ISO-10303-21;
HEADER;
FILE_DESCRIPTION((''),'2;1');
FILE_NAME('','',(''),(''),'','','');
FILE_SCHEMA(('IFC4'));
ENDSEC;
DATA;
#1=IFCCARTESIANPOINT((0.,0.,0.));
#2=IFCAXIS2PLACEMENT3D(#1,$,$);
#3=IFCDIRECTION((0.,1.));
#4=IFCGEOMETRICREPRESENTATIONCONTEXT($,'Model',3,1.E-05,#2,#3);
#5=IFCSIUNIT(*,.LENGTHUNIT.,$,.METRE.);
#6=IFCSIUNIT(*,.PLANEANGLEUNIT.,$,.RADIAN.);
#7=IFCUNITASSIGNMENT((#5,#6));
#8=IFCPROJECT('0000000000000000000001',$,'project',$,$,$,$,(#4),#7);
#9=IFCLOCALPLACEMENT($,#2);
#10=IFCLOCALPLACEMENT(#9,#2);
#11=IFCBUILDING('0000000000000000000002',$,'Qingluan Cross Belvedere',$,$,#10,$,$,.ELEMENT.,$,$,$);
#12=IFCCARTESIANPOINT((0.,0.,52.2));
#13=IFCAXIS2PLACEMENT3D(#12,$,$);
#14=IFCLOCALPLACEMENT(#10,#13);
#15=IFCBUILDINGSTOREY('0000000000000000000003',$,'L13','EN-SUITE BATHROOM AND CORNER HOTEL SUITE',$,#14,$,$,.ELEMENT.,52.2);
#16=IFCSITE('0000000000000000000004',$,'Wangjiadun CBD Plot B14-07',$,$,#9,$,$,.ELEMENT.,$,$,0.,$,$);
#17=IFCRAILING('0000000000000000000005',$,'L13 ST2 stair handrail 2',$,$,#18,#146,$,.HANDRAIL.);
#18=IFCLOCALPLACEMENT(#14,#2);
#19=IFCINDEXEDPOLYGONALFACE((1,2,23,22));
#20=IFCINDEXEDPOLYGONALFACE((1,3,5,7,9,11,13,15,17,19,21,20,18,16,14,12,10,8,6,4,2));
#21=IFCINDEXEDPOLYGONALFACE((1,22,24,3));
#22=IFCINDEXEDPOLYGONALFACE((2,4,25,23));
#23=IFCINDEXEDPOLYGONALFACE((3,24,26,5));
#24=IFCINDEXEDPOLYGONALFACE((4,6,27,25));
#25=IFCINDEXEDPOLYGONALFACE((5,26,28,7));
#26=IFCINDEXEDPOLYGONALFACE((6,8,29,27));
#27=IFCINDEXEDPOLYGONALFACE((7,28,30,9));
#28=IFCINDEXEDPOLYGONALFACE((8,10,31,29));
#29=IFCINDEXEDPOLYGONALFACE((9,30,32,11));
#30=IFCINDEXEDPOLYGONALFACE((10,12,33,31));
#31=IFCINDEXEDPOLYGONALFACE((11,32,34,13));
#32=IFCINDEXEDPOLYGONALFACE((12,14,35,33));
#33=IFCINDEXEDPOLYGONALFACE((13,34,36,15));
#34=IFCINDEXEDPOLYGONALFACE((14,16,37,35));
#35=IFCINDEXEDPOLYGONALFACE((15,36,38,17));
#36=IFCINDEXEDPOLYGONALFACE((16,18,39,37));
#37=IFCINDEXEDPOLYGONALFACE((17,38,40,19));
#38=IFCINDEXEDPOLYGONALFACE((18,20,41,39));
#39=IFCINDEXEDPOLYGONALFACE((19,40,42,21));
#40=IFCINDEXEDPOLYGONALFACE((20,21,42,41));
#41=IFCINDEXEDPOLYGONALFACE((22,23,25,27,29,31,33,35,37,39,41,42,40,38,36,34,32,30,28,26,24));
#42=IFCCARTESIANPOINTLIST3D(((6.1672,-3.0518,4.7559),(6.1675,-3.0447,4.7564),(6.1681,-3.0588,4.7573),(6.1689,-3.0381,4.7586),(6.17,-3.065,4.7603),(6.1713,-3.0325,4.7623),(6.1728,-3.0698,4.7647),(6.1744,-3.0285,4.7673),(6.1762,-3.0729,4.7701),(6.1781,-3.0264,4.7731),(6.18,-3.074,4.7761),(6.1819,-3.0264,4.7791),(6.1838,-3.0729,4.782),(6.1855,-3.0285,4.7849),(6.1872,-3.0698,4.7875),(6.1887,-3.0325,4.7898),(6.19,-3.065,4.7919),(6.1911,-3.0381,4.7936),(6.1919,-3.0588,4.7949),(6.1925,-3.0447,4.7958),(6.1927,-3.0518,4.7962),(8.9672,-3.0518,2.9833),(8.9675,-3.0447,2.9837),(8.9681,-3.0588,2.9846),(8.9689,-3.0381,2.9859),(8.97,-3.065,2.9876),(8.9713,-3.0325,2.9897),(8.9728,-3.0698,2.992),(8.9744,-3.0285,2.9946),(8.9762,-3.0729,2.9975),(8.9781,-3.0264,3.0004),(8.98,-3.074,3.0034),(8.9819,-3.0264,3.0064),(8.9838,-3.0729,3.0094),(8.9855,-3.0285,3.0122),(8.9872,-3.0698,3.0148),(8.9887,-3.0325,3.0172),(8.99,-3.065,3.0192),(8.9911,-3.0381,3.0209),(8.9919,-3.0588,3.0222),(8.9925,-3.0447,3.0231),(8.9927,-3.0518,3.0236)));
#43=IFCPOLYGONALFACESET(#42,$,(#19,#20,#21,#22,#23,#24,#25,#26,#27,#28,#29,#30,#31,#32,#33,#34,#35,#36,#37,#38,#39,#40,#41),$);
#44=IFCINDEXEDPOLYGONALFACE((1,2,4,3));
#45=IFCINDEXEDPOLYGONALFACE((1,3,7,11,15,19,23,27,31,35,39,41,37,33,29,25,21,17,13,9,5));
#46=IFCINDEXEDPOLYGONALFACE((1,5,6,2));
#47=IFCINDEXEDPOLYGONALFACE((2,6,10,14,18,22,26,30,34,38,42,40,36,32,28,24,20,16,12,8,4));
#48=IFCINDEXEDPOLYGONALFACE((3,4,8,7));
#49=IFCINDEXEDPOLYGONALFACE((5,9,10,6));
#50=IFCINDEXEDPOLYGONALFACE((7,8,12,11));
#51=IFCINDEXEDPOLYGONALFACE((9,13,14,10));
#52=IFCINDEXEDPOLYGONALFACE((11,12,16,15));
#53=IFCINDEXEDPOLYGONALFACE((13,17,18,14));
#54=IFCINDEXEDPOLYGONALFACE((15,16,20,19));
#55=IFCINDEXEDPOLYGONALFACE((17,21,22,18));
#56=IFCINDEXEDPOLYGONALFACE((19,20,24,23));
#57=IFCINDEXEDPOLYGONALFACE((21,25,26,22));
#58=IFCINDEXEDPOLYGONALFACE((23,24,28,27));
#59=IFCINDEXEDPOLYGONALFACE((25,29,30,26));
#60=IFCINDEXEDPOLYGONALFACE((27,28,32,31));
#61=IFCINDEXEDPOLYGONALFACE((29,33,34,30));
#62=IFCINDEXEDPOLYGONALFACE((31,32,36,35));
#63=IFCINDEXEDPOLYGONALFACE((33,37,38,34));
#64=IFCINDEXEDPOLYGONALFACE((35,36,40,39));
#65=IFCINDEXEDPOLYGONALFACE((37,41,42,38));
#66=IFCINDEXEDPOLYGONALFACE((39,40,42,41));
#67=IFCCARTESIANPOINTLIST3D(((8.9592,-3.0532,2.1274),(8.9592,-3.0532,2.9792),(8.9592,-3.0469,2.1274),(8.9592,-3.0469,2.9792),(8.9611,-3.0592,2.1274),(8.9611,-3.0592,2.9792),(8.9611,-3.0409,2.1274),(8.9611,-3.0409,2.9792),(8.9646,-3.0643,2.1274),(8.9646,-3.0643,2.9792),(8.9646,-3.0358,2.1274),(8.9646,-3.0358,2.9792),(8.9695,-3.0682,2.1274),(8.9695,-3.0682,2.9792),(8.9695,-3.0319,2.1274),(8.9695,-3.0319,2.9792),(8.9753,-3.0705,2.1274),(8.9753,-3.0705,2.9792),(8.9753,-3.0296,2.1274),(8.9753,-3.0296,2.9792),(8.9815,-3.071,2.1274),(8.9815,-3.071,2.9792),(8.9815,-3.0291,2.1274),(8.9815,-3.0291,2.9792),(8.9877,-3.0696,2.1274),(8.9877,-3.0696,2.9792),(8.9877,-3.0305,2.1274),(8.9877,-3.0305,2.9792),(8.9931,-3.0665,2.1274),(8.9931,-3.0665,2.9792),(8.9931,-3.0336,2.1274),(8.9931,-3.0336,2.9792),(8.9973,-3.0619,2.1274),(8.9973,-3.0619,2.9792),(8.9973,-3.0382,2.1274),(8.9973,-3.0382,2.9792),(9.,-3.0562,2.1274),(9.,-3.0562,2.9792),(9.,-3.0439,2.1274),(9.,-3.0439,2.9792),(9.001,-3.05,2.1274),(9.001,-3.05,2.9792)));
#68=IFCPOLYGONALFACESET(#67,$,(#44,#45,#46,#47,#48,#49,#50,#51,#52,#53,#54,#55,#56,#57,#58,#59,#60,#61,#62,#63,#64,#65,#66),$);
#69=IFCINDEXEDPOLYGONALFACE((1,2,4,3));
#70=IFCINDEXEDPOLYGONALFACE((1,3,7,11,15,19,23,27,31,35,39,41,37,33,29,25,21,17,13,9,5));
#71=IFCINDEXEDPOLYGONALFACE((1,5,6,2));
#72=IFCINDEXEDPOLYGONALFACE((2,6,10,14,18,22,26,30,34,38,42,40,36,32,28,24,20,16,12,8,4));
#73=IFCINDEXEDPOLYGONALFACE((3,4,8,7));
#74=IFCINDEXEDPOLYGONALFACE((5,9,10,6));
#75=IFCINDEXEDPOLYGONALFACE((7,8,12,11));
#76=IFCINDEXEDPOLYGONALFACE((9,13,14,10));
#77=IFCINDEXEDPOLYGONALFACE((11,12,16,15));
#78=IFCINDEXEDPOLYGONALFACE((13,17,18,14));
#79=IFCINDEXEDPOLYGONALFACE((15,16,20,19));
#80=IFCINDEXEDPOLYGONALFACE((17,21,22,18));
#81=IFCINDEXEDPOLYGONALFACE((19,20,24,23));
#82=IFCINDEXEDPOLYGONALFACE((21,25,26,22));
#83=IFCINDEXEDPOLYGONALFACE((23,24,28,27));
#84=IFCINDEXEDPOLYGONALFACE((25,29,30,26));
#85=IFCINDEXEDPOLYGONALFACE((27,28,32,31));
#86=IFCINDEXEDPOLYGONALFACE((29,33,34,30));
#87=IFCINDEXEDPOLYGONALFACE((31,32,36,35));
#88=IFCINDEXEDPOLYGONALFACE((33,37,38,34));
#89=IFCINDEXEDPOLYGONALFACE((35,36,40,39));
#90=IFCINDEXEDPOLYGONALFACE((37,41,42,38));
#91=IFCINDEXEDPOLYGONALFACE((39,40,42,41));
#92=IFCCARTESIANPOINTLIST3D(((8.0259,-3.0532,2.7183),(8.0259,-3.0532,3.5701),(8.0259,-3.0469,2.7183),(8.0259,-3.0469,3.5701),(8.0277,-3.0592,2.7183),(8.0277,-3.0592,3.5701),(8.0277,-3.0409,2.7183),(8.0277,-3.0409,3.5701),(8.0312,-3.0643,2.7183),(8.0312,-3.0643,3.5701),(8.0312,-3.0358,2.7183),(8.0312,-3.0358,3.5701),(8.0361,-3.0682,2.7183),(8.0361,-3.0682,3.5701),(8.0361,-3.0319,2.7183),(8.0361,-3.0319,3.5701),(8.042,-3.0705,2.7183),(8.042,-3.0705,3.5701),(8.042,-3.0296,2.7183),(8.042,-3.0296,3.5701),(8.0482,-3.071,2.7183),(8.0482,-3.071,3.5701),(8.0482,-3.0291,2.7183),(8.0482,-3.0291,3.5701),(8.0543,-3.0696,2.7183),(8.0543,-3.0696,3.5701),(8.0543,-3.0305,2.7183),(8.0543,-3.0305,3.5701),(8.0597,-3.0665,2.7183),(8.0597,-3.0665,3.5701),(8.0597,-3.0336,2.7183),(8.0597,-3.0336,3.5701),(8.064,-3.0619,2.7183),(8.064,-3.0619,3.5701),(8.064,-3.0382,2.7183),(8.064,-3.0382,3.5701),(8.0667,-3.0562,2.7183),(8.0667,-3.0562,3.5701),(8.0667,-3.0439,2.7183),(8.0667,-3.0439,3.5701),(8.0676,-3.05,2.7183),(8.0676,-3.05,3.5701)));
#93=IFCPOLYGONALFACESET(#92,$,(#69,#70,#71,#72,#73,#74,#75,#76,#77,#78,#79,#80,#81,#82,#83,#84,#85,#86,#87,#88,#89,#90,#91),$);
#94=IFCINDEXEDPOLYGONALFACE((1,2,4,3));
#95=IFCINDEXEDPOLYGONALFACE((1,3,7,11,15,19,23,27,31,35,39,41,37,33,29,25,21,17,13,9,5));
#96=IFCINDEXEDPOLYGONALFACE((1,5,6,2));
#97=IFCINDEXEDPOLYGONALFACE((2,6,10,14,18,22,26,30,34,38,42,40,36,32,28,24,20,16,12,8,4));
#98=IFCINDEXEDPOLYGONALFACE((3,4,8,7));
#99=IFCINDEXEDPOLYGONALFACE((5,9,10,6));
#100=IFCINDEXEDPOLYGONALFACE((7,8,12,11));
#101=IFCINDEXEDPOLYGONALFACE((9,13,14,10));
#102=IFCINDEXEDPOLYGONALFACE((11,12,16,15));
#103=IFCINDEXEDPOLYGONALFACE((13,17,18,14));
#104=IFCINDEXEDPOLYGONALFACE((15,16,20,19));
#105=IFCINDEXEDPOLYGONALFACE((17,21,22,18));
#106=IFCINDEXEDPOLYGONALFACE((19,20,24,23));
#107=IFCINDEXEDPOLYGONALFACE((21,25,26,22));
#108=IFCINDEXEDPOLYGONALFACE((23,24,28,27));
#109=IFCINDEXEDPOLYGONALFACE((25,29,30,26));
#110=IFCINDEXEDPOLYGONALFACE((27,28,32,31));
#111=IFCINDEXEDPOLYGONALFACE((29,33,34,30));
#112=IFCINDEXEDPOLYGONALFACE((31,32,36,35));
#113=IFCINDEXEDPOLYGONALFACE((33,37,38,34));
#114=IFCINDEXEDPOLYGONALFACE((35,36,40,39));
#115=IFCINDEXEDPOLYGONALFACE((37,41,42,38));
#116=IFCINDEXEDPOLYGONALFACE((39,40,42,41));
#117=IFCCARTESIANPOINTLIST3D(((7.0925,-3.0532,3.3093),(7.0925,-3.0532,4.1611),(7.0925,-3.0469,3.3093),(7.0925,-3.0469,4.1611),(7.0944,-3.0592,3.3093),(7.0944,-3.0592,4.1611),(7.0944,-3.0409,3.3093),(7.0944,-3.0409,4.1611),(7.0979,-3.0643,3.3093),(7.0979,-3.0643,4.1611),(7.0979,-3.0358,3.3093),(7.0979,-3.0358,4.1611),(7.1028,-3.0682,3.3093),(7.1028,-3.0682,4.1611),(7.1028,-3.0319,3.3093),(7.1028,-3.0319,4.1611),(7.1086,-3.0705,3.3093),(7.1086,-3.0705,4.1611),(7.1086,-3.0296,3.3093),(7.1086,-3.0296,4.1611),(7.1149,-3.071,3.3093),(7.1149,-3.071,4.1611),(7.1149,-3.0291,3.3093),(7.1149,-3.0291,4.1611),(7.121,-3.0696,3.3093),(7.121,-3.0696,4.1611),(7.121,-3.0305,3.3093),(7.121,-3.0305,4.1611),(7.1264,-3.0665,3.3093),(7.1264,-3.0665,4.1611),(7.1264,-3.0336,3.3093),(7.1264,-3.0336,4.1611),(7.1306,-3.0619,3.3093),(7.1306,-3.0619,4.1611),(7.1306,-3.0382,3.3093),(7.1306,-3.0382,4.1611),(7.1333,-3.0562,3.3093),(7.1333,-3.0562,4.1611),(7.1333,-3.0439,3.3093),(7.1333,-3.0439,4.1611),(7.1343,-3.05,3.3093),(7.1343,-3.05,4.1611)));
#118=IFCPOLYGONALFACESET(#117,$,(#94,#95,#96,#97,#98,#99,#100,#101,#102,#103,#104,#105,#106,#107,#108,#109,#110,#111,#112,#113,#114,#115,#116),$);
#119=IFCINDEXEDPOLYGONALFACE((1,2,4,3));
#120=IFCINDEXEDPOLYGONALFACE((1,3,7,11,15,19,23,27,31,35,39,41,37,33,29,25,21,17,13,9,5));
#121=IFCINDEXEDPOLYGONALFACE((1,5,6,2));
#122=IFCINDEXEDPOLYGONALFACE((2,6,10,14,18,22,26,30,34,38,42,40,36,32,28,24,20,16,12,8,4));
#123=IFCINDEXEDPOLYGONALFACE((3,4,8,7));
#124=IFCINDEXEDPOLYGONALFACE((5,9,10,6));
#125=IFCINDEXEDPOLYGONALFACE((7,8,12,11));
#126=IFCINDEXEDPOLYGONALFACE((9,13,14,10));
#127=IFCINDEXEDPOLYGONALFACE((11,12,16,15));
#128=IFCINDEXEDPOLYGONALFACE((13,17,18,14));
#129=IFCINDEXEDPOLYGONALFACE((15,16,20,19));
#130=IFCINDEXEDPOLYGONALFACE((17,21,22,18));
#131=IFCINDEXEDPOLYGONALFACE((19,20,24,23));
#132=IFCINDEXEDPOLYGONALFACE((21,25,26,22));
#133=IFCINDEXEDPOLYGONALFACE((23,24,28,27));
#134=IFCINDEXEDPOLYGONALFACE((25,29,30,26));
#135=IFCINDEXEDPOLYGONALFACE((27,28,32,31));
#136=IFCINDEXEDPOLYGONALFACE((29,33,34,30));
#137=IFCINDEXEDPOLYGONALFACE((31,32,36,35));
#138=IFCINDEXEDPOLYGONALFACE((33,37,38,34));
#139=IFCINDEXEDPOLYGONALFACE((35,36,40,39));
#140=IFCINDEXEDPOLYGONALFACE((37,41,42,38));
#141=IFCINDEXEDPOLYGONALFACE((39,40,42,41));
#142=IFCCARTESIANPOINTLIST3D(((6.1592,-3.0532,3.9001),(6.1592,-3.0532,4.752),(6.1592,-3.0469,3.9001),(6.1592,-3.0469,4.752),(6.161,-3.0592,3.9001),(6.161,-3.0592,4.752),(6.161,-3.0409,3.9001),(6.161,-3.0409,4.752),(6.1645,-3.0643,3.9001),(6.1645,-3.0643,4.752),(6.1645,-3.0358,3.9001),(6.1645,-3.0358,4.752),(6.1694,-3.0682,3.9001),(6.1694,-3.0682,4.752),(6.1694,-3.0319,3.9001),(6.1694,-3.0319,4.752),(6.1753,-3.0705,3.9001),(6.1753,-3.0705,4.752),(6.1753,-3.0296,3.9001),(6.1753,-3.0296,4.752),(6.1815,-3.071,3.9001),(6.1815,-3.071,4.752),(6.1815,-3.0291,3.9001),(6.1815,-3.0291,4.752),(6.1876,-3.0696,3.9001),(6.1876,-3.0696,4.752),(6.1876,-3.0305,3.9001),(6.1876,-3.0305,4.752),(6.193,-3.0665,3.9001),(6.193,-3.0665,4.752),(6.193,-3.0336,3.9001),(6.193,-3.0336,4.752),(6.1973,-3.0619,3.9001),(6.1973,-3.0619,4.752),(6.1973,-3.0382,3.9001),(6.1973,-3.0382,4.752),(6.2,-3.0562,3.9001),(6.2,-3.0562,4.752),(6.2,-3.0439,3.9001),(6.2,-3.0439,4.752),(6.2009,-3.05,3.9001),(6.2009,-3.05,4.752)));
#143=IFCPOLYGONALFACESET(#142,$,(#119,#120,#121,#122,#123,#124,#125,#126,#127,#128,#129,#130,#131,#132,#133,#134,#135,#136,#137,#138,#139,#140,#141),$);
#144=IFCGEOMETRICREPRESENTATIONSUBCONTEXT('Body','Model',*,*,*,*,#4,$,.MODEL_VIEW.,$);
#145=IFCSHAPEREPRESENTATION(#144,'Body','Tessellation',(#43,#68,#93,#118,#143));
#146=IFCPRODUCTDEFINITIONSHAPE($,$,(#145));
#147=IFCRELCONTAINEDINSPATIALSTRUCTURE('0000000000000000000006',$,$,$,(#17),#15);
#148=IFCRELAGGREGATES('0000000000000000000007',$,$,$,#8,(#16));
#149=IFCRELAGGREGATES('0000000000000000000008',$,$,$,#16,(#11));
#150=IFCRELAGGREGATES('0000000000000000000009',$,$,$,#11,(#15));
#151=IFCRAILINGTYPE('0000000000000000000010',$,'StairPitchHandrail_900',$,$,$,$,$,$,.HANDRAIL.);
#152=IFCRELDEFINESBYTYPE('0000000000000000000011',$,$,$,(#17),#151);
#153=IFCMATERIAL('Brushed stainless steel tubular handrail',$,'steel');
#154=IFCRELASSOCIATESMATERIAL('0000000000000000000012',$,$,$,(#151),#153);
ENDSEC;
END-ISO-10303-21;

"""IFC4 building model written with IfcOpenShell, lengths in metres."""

from ifc_helpers import new_model, si_unit, direction, frame, origin, origin_2d, place, context, subcontext, project, spatial, circle, extrude, material, type_object, element, save


model = new_model("IFC4")

# Units and contexts
model_context = context("Model", 3, precision=1e-05, world=origin(), true_north=direction((0.0, 1.0)))
body_context = subcontext(model_context, "Body", "Model", "MODEL_VIEW")
ifc_project = project(units=[si_unit("LENGTHUNIT", "METRE"), si_unit("PLANEANGLEUNIT", "RADIAN")], contexts=[model_context])

# Site, building, storey
site_placement = place(None, origin())
site = spatial("IfcSite", under=ifc_project, at=site_placement, Name="Wangjiadun CBD Plot B14-07", CompositionType="ELEMENT", RefElevation=0.0)
building_placement = place(site_placement, origin())
building = spatial("IfcBuilding", under=site, at=building_placement, Name="Qingluan Cross Belvedere", CompositionType="ELEMENT")
storey_placement = place(building_placement, frame((0.0, 0.0, 52.2)))
storey = spatial("IfcBuildingStorey", under=building, at=storey_placement, Name="L13", Description="EN-SUITE BATHROOM AND CORNER HOTEL SUITE", CompositionType="ELEMENT", Elevation=52.2)

# Railing
ifc_material_1 = material(Name="Brushed stainless steel tubular handrail", Category="steel")
railing_type_1 = type_object("IfcRailingType", Name="StairPitchHandrail_900", PredefinedType="HANDRAIL", material=ifc_material_1)
for number, where, name in (
    (1, (8.98, -3.05, 2.1274), "L13 ST2 stair handrail 2"),
):
    element("IfcRailing", number, at=place(storey_placement, frame(where)), inside=storey, type_object=railing_type_1, Name=name, PredefinedType="HANDRAIL", context=body_context, shape_type="SweptSolid", body=[
        extrude(circle(Radius=0.0239, at=origin_2d()), frame((0.0, 0.0, 0.876), z_axis=(-0.844909, 0.0, 0.53491), x_axis=(0.0, -1.0, 0.0)), (0.0, 0.0, 1.0), 3.314),
        extrude(circle(Radius=0.021, at=origin_2d()), origin(), (0.0, 0.0, 1.0), 0.8518),
        extrude(circle(Radius=0.021, at=origin_2d()), frame((-0.9333, 0.0, 0.5908)), (0.0, 0.0, 1.0), 0.8518),
        extrude(circle(Radius=0.021, at=origin_2d()), frame((-1.8667, 0.0, 1.1819)), (0.0, 0.0, 1.0), 0.8518),
        extrude(circle(Radius=0.021, at=origin_2d()), frame((-2.8, 0.0, 1.7727)), (0.0, 0.0, 1.0), 0.8518),
    ])

save(model, "model.ifc")
